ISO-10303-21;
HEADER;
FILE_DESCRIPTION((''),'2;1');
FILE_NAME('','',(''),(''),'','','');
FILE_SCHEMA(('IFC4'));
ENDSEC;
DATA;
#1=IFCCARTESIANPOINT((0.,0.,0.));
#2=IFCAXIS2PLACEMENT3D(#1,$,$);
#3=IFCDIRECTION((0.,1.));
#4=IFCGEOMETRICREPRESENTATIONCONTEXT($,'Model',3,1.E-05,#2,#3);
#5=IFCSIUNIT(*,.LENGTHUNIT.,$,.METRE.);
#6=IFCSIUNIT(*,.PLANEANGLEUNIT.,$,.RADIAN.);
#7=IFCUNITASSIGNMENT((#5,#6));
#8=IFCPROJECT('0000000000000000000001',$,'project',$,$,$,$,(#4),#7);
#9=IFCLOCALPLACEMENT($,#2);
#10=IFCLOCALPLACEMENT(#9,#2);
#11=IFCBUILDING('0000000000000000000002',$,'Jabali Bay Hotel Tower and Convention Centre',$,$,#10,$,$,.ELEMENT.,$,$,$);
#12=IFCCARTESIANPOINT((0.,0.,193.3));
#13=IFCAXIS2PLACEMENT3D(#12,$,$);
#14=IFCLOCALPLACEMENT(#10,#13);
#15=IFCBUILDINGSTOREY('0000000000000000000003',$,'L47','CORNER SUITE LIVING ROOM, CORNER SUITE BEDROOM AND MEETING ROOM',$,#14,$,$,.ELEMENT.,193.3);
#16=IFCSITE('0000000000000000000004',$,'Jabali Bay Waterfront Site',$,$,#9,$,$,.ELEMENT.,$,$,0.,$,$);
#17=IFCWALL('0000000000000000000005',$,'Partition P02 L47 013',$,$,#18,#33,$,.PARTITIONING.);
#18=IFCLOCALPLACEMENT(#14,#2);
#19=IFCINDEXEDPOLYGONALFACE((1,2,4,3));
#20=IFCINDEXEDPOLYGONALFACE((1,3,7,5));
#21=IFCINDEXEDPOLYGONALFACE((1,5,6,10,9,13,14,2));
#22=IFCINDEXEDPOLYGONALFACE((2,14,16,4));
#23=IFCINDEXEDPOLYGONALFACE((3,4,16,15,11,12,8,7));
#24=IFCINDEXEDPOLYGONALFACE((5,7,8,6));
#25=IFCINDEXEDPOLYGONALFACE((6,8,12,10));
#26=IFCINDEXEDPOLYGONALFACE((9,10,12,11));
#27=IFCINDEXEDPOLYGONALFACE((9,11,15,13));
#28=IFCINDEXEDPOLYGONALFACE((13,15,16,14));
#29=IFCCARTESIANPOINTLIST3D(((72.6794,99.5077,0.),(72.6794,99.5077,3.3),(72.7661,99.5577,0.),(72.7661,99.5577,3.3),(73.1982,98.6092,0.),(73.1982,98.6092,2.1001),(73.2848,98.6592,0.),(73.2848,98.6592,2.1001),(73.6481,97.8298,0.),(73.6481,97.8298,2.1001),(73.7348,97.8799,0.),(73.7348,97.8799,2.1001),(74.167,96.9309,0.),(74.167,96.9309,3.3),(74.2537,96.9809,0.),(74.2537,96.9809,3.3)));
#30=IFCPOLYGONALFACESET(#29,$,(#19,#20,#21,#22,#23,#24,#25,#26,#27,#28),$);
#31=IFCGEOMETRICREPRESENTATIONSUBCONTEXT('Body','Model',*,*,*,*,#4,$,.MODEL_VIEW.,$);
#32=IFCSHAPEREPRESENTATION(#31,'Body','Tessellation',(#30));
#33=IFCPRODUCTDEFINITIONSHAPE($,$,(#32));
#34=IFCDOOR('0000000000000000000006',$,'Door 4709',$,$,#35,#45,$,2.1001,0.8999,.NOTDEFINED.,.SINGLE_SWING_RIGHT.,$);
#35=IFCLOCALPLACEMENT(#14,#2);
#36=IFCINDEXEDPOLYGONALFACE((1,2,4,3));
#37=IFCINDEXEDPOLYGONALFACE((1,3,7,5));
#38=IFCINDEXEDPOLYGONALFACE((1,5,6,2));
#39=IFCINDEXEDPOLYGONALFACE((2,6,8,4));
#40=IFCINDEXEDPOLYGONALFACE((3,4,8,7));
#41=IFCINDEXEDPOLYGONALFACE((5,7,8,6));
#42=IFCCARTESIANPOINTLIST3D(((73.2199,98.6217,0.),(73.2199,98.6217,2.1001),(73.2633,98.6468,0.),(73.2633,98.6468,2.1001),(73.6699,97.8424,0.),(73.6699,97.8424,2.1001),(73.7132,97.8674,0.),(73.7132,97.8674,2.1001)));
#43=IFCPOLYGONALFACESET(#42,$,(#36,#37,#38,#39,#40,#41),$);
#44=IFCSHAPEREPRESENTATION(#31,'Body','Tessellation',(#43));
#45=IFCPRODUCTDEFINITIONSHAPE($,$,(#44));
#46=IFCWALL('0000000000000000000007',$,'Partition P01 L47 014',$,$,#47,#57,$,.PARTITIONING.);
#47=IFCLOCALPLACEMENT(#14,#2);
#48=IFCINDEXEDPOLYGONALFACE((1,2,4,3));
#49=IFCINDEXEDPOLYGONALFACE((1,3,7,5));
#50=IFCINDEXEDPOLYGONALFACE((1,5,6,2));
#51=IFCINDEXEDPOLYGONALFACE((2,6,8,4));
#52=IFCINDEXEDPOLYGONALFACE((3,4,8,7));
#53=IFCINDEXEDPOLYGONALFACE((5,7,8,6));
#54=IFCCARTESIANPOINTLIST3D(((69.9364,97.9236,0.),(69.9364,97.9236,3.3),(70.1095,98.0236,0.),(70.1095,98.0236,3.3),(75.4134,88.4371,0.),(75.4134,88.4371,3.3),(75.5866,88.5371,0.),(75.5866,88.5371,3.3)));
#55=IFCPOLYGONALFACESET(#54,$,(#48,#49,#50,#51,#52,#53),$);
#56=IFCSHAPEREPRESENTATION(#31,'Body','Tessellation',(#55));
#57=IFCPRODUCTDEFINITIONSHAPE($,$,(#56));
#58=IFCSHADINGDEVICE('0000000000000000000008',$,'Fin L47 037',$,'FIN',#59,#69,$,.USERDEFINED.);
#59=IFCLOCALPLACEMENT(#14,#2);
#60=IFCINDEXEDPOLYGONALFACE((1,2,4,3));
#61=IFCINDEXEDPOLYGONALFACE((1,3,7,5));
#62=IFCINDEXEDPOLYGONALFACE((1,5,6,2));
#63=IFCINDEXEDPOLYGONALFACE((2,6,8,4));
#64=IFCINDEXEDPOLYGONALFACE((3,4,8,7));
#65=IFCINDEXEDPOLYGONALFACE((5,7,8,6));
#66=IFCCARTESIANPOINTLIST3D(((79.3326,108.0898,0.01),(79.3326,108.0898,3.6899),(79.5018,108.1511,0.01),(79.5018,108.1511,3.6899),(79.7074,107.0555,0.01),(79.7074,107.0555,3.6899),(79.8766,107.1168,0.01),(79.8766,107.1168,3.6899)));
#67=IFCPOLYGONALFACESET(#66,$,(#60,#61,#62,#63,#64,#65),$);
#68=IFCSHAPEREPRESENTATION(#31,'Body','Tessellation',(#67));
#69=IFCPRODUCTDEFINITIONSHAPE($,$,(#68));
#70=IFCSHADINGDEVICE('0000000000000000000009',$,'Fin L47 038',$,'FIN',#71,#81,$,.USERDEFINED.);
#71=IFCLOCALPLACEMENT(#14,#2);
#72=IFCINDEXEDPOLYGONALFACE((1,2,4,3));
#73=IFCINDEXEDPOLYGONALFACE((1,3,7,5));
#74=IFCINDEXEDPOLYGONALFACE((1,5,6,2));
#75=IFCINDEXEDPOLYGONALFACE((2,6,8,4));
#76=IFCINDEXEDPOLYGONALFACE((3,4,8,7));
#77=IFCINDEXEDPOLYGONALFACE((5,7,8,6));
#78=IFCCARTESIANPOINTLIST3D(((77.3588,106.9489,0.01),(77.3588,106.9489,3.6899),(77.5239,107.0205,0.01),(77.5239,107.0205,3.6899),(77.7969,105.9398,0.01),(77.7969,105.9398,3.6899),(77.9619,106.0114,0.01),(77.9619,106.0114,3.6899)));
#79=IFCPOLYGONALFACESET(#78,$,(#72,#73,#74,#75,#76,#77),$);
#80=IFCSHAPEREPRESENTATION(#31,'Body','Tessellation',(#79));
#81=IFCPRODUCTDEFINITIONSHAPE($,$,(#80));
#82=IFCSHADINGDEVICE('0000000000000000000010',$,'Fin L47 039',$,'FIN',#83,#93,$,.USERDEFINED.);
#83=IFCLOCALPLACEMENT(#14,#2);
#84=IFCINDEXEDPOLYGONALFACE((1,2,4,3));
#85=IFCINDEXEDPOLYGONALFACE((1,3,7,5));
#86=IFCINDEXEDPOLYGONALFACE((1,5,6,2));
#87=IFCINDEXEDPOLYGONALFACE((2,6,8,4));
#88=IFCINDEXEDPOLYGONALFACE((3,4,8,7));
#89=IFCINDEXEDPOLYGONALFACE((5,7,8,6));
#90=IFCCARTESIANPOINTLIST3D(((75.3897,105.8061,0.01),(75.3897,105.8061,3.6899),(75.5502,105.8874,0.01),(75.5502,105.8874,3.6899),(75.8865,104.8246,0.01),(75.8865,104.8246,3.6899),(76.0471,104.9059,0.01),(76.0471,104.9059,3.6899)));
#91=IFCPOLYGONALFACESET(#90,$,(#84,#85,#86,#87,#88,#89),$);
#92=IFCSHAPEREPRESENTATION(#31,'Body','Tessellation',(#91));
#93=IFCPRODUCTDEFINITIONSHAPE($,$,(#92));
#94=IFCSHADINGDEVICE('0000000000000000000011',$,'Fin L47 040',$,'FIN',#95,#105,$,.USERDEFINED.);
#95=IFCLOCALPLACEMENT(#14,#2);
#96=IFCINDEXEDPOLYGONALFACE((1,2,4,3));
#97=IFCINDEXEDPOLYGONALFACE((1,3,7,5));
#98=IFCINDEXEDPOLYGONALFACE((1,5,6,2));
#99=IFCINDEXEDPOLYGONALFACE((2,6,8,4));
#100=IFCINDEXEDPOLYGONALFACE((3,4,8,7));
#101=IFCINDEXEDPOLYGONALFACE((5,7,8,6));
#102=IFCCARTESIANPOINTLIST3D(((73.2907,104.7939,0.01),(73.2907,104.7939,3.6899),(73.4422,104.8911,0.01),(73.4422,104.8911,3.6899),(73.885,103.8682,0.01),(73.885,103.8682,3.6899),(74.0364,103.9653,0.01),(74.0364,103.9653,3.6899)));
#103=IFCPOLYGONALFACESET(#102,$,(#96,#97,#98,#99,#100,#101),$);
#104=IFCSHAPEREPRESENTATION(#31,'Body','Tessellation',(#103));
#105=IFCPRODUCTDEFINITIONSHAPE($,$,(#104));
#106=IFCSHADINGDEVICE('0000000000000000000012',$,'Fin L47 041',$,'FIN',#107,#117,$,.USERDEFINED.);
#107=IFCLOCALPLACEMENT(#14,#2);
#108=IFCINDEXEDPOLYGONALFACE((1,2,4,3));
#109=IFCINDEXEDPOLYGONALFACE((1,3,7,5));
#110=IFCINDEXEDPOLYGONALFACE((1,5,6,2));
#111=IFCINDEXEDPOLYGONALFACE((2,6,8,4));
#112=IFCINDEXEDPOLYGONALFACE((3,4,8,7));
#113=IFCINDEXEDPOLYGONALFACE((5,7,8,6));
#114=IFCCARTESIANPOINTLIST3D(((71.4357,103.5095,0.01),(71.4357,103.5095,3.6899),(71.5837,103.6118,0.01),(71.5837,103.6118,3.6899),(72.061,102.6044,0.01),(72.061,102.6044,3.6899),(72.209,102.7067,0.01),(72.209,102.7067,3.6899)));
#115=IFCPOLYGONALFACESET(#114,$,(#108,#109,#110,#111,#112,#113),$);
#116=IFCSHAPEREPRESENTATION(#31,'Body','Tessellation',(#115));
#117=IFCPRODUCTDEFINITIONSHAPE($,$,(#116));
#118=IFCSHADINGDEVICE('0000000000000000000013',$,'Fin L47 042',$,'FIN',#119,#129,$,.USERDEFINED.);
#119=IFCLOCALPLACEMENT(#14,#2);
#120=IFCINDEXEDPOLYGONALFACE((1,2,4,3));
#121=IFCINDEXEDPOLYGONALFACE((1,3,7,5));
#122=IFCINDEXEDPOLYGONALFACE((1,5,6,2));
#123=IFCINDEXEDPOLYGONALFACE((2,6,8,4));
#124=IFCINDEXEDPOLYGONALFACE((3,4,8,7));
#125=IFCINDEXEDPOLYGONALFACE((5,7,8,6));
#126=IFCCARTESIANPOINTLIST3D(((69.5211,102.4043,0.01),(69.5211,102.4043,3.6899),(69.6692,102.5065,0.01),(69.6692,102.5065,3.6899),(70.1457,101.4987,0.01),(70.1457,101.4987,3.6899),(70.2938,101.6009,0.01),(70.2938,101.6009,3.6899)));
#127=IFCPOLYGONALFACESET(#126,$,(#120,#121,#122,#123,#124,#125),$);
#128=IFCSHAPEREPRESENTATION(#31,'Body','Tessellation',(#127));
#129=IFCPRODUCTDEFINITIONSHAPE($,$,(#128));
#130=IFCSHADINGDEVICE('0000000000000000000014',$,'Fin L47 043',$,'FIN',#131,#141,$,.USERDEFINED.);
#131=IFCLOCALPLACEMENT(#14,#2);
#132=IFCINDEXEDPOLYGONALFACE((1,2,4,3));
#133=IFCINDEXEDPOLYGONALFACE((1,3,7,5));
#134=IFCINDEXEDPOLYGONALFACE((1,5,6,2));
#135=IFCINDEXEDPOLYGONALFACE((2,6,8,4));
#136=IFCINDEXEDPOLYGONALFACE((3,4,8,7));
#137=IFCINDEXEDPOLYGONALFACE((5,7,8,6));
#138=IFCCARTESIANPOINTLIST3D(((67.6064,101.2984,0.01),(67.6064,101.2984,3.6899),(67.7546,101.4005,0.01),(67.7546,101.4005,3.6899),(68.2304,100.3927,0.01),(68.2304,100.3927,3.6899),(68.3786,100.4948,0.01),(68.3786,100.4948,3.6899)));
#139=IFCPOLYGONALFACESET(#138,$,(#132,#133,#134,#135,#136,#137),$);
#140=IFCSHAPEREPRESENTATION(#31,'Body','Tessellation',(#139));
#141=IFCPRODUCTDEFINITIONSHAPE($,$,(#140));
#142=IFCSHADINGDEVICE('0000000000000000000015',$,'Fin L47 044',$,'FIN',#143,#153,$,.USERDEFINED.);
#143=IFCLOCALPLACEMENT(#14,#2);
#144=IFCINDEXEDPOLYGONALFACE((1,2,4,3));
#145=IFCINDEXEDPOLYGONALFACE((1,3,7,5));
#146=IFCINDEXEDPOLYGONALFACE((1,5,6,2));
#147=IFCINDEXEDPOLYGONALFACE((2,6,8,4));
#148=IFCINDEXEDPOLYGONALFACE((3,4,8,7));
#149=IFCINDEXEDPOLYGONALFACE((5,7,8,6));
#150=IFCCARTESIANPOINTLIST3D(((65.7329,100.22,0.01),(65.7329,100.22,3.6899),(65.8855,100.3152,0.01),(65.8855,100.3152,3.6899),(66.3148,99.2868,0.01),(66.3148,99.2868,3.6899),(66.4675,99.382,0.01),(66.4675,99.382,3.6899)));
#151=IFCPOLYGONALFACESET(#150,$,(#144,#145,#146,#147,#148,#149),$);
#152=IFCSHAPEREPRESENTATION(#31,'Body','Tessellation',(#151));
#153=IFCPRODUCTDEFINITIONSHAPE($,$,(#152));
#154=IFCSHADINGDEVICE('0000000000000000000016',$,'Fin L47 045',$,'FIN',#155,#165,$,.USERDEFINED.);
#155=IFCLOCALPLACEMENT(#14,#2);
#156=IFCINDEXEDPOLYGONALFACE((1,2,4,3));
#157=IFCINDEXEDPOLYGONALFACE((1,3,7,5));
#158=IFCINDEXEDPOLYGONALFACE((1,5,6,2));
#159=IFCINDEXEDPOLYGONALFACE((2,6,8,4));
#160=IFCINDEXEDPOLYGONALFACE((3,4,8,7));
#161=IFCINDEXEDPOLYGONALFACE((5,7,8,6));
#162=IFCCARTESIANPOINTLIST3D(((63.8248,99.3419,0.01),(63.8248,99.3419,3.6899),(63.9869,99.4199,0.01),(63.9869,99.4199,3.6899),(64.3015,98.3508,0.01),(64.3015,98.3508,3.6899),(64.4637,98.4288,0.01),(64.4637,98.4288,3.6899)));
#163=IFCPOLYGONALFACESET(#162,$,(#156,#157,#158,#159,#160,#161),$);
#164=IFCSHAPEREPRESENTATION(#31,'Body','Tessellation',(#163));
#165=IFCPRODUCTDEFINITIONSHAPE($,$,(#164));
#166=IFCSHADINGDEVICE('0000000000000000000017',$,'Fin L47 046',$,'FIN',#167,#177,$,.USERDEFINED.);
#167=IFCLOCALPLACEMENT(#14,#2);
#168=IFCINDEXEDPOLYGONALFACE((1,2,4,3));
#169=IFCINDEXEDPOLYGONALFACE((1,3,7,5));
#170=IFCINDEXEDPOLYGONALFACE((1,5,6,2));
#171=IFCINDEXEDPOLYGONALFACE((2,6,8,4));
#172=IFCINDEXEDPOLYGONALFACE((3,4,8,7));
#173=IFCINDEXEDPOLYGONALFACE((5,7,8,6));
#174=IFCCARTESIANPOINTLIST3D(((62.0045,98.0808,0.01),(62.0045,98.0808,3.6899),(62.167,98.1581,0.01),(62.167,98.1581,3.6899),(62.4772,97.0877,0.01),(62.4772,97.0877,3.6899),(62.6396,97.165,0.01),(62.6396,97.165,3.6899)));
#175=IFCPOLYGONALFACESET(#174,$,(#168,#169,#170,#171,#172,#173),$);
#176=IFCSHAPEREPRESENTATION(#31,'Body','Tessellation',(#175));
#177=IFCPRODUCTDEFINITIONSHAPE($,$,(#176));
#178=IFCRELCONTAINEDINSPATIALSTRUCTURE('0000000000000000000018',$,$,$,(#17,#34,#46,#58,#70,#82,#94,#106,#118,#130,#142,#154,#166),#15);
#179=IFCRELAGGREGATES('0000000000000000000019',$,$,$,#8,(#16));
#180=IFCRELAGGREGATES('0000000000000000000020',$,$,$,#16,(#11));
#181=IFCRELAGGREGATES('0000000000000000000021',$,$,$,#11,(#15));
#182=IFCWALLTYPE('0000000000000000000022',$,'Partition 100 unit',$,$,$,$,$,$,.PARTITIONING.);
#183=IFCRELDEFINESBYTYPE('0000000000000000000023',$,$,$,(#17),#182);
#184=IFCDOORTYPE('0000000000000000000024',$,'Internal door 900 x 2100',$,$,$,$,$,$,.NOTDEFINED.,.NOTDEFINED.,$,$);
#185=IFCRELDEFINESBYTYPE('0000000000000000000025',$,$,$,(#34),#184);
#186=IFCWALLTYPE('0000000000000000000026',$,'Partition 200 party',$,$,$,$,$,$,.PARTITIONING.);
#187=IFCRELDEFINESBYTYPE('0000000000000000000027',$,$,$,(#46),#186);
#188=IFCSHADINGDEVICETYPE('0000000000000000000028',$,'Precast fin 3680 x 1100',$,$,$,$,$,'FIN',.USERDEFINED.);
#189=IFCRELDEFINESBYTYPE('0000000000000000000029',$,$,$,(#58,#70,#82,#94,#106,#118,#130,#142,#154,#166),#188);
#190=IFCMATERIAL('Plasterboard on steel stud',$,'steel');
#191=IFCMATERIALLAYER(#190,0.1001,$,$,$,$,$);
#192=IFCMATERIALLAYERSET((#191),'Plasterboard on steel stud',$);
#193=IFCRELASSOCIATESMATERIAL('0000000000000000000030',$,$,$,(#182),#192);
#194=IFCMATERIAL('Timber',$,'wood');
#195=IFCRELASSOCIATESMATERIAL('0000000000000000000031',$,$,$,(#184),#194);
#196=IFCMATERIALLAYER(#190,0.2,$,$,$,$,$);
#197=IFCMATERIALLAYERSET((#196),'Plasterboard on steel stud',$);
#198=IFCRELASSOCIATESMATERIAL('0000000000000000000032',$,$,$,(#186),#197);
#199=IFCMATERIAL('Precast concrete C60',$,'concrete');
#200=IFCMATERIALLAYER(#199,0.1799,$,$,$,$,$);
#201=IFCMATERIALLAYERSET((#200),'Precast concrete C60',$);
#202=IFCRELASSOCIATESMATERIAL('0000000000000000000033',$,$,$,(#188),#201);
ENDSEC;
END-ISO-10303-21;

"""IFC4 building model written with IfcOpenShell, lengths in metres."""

from ifc_helpers import new_model, si_unit, direction, frame, frame_2d, origin, place, context, subcontext, project, spatial, rectangle, extrude, material, layer, layer_set, type_object, element, fill, save


model = new_model("IFC4")

# Units and contexts
model_context = context("Model", 3, precision=1e-05, world=origin(), true_north=direction((0.0, 1.0)))
body_context = subcontext(model_context, "Body", "Model", "MODEL_VIEW")
ifc_project = project(units=[si_unit("LENGTHUNIT", "METRE"), si_unit("PLANEANGLEUNIT", "RADIAN")], contexts=[model_context])

# Site, building, storey
site_placement = place(None, origin())
site = spatial("IfcSite", under=ifc_project, at=site_placement, Name="Jabali Bay Waterfront Site", CompositionType="ELEMENT", RefElevation=0.0)
building_placement = place(site_placement, origin())
building = spatial("IfcBuilding", under=site, at=building_placement, Name="Jabali Bay Hotel Tower and Convention Centre", CompositionType="ELEMENT")
storey_placement = place(building_placement, frame((0.0, 0.0, 193.3)))
storey = spatial("IfcBuildingStorey", under=building, at=storey_placement, Name="L47", Description="CORNER SUITE LIVING ROOM, CORNER SUITE BEDROOM AND MEETING ROOM", CompositionType="ELEMENT", Elevation=193.3)

# Wall, opening, door
ifc_material_1 = material(Name="Plasterboard on steel stud", Category="steel")
ifc_layer_1 = layer(ifc_material_1, 0.1001)
ifc_layer_set_1 = layer_set([ifc_layer_1], Name="Plasterboard on steel stud")
wall_type_1 = type_object("IfcWallType", Name="Partition 100 unit", PredefinedType="PARTITIONING", material=ifc_layer_set_1)
wall_1_placement = place(storey_placement, frame((74.2104, 96.9558, 0.0), z_axis=(0.0, 0.0, 1.0), x_axis=(-0.499978, 0.866038, 0.0)))
wall_1 = element("IfcWall", 1, at=wall_1_placement, inside=storey, type_object=wall_type_1, Name="Partition P02 L47 013", PredefinedType="PARTITIONING", context=body_context, shape_type="SweptSolid", body=[
    extrude(rectangle(XDim=2.9753, YDim=0.1001, at=frame_2d((1.4878, 0.0))), origin(), (0.0, 0.0, 1.0), 3.3),
])
opening_1_placement = place(wall_1_placement, frame((1.0381, 0.0, 0.0)))
opening_1 = element("IfcOpeningElement", 2, at=opening_1_placement, cuts=wall_1, PredefinedType="OPENING", context=body_context, shape_type="SweptSolid", body=[
    extrude(rectangle(XDim=0.8999, YDim=2.1001, at=frame_2d((0.45, 1.05))), frame((0.0, 0.0605, 0.0), z_axis=(0.0, -1.0, 0.0), x_axis=(1.0, 0.0, 0.0)), (0.0, 0.0, 1.0), 0.1211),
])
ifc_material_2 = material(Name="Timber", Category="wood")
door_type_1 = type_object("IfcDoorType", Name="Internal door 900 x 2100", OperationType="NOTDEFINED", PredefinedType="NOTDEFINED", material=ifc_material_2)
door_1_placement = place(opening_1_placement, origin())
door_1 = element("IfcDoor", 3, at=door_1_placement, inside=storey, type_object=door_type_1, Name="Door 4709", OperationType="SINGLE_SWING_RIGHT", OverallHeight=2.1001, OverallWidth=0.8999, PredefinedType="NOTDEFINED", context=body_context, shape_type="SweptSolid", body=[
    extrude(rectangle(XDim=0.8999, YDim=2.1001, at=frame_2d((0.45, 1.05))), frame((0.0, 0.0249, 0.0), z_axis=(0.0, -1.0, 0.0), x_axis=(1.0, 0.0, 0.0)), (0.0, 0.0, 1.0), 0.05),
])
fill(opening_1, door_1)

# Wall
ifc_layer_2 = layer(ifc_material_1, 0.2)
ifc_layer_set_2 = layer_set([ifc_layer_2], Name="Plasterboard on steel stud")
wall_type_2 = type_object("IfcWallType", Name="Partition 200 party", PredefinedType="PARTITIONING", material=ifc_layer_set_2)
wall_2_placement = place(storey_placement, frame((70.0229, 97.9736, 0.0), z_axis=(0.0, 0.0, 1.0), x_axis=(0.499998, -0.866026, 0.0)))
element("IfcWall", 4, at=wall_2_placement, inside=storey, type_object=wall_type_2, Name="Partition P01 L47 014", PredefinedType="PARTITIONING", context=body_context, shape_type="SweptSolid", body=[
    extrude(rectangle(XDim=10.9541, YDim=0.2, at=frame_2d((5.4771, 0.0))), origin(), (0.0, 0.0, 1.0), 3.3),
])

# Shading devices
ifc_material_3 = material(Name="Precast concrete C60", Category="concrete")
ifc_layer_3 = layer(ifc_material_3, 0.1799)
ifc_layer_set_3 = layer_set([ifc_layer_3], Name="Precast concrete C60")
shading_device_type = type_object("IfcShadingDeviceType", Name="Precast fin 3680 x 1100", ElementType="FIN", PredefinedType="USERDEFINED", material=ifc_layer_set_3)
for number, where, z_axis, x_axis, name in (
    (5, (79.792, 107.0862, 0.01), (0.0, 0.0, 1.0), (-0.340691, 0.940175, 0.0), "Fin L47 037"),
    (6, (77.8794, 105.9756, 0.01), (0.0, 0.0, 1.0), (-0.398174, 0.91731, 0.0), "Fin L47 038"),
    (7, (75.9668, 104.8652, 0.01), (0.0, 0.0, 1.0), (-0.451647, 0.892197, 0.0), "Fin L47 039"),
    (8, (73.9607, 103.9167, 0.01), (0.0, 0.0, 1.0), (-0.540174, 0.841553, 0.0), "Fin L47 040"),
    (9, (72.135, 102.6555, 0.01), (0.0, 0.0, 1.0), (-0.568402, 0.822751, 0.0), "Fin L47 041"),
    (10, (70.2197, 101.5498, 0.01), (0.0, 0.0, 1.0), (-0.567743, 0.823206, 0.0), "Fin L47 042"),
):
    element("IfcShadingDevice", number, at=place(storey_placement, frame(where, z_axis=z_axis, x_axis=x_axis)), inside=storey, type_object=shading_device_type, Name=name, ObjectType="FIN", PredefinedType="USERDEFINED", context=body_context, shape_type="SweptSolid", body=[
        extrude(rectangle(XDim=1.1001, YDim=0.1799, at=frame_2d((0.55, 0.0))), origin(), (0.0, 0.0, 1.0), 3.6799),
    ])
for number, where, z_axis, x_axis, name in (
    (11, (68.3044, 100.4438, 0.01), (0.0, 0.0, 1.0), (-0.567339, 0.823485, 0.0), "Fin L47 043"),
    (12, (66.3911, 99.3345, 0.01), (0.0, 0.0, 1.0), (-0.529141, 0.848534, 0.0), "Fin L47 044"),
    (13, (64.3826, 98.3899, 0.01), (0.0, 0.0, 1.0), (-0.433489, 0.901159, 0.0), "Fin L47 045"),
    (14, (62.5583, 97.1265, 0.01), (0.0, 0.0, 1.0), (-0.429727, 0.902959, 0.0), "Fin L47 046"),
):
    element("IfcShadingDevice", number, at=place(storey_placement, frame(where, z_axis=z_axis, x_axis=x_axis)), inside=storey, type_object=shading_device_type, Name=name, ObjectType="FIN", PredefinedType="USERDEFINED", context=body_context, shape_type="SweptSolid", body=[
        extrude(rectangle(XDim=1.0999, YDim=0.1799, at=frame_2d((0.5498, 0.0))), origin(), (0.0, 0.0, 1.0), 3.6799),
    ])

save(model, "model.ifc")
